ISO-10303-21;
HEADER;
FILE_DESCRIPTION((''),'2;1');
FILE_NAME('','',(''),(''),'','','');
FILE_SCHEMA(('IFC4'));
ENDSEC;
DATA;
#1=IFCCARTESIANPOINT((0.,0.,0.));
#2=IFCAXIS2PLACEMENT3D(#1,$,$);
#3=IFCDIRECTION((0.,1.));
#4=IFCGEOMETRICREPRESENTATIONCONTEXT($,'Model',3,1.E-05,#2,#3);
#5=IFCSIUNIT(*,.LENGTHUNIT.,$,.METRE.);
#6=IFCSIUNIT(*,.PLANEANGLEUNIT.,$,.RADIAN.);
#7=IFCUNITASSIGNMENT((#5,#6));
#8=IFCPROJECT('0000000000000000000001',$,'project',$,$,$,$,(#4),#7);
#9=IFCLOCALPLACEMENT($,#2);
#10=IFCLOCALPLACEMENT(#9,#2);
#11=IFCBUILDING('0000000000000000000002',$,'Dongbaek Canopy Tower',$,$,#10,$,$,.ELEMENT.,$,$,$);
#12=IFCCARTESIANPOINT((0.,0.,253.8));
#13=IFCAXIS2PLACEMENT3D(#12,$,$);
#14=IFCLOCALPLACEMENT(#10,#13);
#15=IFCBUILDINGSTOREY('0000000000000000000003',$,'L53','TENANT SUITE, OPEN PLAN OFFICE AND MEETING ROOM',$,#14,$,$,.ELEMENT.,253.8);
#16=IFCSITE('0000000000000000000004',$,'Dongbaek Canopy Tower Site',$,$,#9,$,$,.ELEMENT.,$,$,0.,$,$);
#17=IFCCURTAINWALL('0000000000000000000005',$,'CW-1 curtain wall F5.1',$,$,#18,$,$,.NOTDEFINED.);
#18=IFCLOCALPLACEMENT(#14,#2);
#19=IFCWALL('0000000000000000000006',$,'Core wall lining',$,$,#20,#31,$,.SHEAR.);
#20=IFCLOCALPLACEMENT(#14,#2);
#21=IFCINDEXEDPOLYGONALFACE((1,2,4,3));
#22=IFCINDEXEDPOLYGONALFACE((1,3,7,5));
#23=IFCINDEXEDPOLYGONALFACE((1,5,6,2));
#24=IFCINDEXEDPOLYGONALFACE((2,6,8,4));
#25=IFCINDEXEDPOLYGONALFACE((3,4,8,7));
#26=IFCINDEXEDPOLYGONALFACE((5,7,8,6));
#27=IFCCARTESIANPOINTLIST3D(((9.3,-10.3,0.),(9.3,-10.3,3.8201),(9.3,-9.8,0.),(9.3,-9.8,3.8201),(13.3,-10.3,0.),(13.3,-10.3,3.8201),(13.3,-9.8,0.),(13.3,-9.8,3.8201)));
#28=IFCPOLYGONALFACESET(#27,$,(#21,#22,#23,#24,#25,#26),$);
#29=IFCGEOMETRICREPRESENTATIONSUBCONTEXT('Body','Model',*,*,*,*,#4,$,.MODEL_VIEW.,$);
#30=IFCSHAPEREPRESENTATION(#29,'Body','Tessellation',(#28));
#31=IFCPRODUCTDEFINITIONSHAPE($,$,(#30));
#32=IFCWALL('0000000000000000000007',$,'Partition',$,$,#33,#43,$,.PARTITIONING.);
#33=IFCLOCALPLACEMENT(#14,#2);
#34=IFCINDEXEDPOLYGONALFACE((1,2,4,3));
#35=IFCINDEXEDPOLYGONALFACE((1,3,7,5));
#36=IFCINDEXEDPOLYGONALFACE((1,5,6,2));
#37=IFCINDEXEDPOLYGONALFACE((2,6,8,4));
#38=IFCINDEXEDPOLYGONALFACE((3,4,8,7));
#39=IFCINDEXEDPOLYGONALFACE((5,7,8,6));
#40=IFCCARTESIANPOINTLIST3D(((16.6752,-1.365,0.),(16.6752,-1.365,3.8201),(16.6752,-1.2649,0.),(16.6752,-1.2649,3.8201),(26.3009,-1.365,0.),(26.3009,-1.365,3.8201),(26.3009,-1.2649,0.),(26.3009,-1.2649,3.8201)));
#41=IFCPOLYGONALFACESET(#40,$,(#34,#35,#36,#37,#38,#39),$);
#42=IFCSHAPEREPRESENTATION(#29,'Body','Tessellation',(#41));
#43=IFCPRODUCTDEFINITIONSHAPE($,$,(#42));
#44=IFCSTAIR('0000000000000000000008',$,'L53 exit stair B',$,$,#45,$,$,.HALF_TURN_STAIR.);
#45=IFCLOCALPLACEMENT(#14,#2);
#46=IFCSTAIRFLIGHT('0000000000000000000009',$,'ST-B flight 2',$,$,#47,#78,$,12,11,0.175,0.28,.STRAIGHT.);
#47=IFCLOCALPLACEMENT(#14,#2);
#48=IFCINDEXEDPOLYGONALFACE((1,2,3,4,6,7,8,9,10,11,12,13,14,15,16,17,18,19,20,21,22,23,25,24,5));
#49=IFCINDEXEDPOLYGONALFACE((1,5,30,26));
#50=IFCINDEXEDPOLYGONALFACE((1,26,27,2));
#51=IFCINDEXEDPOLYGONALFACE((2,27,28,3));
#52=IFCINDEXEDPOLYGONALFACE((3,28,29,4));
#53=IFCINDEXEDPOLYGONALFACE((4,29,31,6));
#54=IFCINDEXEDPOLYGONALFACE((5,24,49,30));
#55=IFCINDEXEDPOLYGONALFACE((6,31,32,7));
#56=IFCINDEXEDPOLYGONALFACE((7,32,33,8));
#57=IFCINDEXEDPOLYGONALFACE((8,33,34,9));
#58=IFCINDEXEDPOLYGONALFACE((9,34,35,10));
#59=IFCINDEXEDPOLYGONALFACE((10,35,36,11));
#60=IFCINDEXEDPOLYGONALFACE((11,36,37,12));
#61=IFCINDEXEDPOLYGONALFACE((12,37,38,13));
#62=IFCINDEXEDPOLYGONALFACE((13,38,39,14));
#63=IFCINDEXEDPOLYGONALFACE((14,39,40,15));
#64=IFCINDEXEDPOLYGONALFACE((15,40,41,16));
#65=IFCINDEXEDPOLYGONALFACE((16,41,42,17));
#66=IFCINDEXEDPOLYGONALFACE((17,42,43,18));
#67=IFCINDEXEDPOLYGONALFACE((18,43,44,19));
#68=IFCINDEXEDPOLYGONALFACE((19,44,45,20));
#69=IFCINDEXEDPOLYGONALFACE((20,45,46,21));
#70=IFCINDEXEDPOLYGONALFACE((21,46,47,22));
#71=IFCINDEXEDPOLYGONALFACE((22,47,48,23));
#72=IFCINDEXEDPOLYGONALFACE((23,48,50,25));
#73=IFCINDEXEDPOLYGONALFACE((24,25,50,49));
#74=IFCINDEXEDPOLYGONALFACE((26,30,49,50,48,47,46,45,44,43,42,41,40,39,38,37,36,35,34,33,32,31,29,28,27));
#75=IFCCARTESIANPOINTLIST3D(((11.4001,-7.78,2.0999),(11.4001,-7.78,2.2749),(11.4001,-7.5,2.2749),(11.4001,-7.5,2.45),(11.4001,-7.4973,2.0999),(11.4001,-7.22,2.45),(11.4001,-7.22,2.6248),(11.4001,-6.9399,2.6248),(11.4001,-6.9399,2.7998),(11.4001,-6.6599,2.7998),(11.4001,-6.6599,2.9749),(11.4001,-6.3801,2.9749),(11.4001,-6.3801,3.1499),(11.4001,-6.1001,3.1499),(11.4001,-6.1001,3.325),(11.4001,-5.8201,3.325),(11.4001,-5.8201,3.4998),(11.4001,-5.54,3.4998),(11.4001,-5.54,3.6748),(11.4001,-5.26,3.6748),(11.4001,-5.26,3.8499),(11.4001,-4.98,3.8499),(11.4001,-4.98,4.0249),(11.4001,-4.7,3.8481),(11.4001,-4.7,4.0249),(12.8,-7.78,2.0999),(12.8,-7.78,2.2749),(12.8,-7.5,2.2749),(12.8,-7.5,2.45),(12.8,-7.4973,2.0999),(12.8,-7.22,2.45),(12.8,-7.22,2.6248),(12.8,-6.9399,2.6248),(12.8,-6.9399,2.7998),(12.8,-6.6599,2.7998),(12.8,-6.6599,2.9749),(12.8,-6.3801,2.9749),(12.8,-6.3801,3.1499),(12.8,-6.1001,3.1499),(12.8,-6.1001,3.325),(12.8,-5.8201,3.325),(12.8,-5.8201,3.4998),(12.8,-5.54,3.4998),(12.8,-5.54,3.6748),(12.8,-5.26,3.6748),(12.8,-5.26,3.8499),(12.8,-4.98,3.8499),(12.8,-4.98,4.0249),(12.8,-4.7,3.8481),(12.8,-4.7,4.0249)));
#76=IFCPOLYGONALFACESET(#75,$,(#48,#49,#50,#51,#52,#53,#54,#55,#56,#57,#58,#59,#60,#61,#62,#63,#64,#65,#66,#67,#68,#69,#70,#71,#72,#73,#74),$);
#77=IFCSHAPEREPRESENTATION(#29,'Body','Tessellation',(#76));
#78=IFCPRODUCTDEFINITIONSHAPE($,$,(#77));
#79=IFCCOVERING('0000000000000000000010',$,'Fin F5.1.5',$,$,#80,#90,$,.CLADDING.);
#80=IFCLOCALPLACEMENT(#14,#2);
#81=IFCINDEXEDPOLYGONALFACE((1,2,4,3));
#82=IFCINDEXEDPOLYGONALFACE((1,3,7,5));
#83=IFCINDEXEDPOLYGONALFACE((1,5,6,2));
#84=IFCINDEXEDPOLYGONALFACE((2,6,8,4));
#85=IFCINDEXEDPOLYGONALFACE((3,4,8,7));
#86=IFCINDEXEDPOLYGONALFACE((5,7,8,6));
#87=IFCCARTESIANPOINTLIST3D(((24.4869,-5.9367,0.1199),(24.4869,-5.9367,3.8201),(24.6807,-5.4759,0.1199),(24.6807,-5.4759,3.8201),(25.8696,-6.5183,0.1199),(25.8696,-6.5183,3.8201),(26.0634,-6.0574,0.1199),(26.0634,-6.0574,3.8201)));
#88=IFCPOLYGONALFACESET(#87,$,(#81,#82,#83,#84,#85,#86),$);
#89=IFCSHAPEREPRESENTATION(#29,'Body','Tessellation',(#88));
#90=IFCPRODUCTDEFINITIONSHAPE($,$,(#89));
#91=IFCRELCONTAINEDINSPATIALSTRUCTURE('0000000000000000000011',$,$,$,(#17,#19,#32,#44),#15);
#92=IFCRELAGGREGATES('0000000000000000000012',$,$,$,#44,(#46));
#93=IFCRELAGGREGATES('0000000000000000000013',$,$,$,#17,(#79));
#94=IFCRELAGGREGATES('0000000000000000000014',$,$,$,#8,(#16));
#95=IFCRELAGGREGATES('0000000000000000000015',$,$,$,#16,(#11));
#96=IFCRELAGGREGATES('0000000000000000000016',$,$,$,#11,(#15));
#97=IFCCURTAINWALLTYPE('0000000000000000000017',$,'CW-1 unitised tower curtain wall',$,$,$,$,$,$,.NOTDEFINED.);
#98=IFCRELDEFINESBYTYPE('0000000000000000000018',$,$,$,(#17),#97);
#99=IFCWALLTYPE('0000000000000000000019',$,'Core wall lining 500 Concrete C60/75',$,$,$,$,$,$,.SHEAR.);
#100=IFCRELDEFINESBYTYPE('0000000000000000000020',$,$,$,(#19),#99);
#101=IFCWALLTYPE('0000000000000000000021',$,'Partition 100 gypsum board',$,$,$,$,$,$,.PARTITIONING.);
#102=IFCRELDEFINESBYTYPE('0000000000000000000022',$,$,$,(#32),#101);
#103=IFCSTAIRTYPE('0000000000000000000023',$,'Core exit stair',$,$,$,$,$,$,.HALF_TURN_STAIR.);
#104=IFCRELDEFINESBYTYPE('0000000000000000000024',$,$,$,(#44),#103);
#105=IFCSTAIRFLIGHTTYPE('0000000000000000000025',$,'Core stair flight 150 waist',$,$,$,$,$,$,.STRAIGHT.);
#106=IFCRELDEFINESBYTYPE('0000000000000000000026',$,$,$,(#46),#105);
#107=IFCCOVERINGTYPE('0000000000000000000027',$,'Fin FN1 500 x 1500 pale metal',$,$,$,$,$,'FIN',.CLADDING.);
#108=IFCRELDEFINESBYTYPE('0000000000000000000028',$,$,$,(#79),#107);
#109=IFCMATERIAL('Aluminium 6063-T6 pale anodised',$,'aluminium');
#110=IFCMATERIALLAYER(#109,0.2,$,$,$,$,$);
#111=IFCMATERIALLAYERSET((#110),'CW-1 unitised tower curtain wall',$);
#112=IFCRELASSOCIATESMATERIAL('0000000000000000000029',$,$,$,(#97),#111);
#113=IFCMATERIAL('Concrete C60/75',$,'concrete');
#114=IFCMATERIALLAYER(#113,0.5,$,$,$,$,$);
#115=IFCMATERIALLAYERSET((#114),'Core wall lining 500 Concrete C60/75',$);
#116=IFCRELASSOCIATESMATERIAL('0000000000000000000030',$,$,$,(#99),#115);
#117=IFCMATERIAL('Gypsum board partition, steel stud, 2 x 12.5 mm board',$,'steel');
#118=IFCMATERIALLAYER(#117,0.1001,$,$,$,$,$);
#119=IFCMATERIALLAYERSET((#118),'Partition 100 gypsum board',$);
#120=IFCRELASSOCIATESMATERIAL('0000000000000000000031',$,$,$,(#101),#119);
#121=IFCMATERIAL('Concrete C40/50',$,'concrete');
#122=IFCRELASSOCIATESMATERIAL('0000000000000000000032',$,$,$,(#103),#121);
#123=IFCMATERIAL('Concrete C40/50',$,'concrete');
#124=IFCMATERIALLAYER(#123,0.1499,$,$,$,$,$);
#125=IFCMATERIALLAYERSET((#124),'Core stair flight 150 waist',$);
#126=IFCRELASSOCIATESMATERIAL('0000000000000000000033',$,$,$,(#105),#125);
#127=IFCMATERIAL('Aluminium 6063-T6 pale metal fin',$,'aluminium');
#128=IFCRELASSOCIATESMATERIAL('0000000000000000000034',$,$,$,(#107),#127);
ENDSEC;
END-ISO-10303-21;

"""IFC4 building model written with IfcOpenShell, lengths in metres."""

from ifc_helpers import new_model, si_unit, direction, frame, frame_2d, origin, origin_2d, place, context, subcontext, project, spatial, polyline, rectangle, outline, extrude, material, layer, layer_set, material_profile, profile_set, type_object, element, aggregate, save


model = new_model("IFC4")

# Units and contexts
model_context = context("Model", 3, precision=1e-05, world=origin(), true_north=direction((0.0, 1.0)))
body_context = subcontext(model_context, "Body", "Model", "MODEL_VIEW")
ifc_project = project(units=[si_unit("LENGTHUNIT", "METRE"), si_unit("PLANEANGLEUNIT", "RADIAN")], contexts=[model_context])

# Site, building, storey
site_placement = place(None, origin())
site = spatial("IfcSite", under=ifc_project, at=site_placement, Name="Dongbaek Canopy Tower Site", CompositionType="ELEMENT", RefElevation=0.0)
building_placement = place(site_placement, origin())
building = spatial("IfcBuilding", under=site, at=building_placement, Name="Dongbaek Canopy Tower", CompositionType="ELEMENT")
storey_placement = place(building_placement, frame((0.0, 0.0, 253.8)))
storey = spatial("IfcBuildingStorey", under=building, at=storey_placement, Name="L53", Description="TENANT SUITE, OPEN PLAN OFFICE AND MEETING ROOM", CompositionType="ELEMENT", Elevation=253.8)

# Curtain wall
ifc_material_1 = material(Name="Aluminium 6063-T6 pale anodised", Category="aluminium")
ifc_layer_1 = layer(ifc_material_1, 0.2)
ifc_layer_set_1 = layer_set([ifc_layer_1], Name="CW-1 unitised tower curtain wall")
curtain_wall_type = type_object("IfcCurtainWallType", Name="CW-1 unitised tower curtain wall", PredefinedType="NOTDEFINED", material=ifc_layer_set_1)
curtain_wall_placement = place(storey_placement, origin())
curtain_wall = element("IfcCurtainWall", 1, at=curtain_wall_placement, inside=storey, type_object=curtain_wall_type, Name="CW-1 curtain wall F5.1", PredefinedType="NOTDEFINED")

# Walls
ifc_material_2 = material(Name="Concrete C60/75", Category="concrete")
ifc_layer_2 = layer(ifc_material_2, 0.5)
ifc_layer_set_2 = layer_set([ifc_layer_2], Name="Core wall lining 500 Concrete C60/75")
wall_type_1 = type_object("IfcWallType", Name="Core wall lining 500 Concrete C60/75", PredefinedType="SHEAR", material=ifc_layer_set_2)
wall_1_placement = place(storey_placement, frame((13.3, -10.05, 0.0), z_axis=(0.0, 0.0, 1.0), x_axis=(-1.0, 0.0, 0.0)))
element("IfcWall", 2, at=wall_1_placement, inside=storey, type_object=wall_type_1, Name="Core wall lining", PredefinedType="SHEAR", context=body_context, shape_type="SweptSolid", body=[
    extrude(rectangle(XDim=4.0, YDim=0.5, at=frame_2d((2.0, 0.0))), origin(), (0.0, 0.0, 1.0), 3.8201),
])
ifc_material_3 = material(Name="Gypsum board partition, steel stud, 2 x 12.5 mm board", Category="steel")
ifc_layer_3 = layer(ifc_material_3, 0.1001)
ifc_layer_set_3 = layer_set([ifc_layer_3], Name="Partition 100 gypsum board")
wall_type_2 = type_object("IfcWallType", Name="Partition 100 gypsum board", PredefinedType="PARTITIONING", material=ifc_layer_set_3)
wall_2_placement = place(storey_placement, frame((16.675, -1.3149, 0.0), z_axis=(0.0, 0.0, 1.0), x_axis=(1.0, 0.0, 0.0)))
element("IfcWall", 3, at=wall_2_placement, inside=storey, type_object=wall_type_2, Name="Partition", PredefinedType="PARTITIONING", context=body_context, shape_type="SweptSolid", body=[
    extrude(rectangle(XDim=9.6257, YDim=0.1001, at=frame_2d((4.813, 0.0))), origin(), (0.0, 0.0, 1.0), 3.8201),
])

# Stair, stair flight
ifc_material_4 = material(Name="Concrete C40/50", Category="concrete")
stair_type = type_object("IfcStairType", Name="Core exit stair", PredefinedType="HALF_TURN_STAIR", material=ifc_material_4)
stair_placement = place(storey_placement, origin())
stair = element("IfcStair", 4, at=stair_placement, inside=storey, type_object=stair_type, Name="L53 exit stair B", PredefinedType="HALF_TURN_STAIR")
ifc_material_5 = material(Name="Concrete C40/50", Category="concrete")
ifc_layer_4 = layer(ifc_material_5, 0.1499)
ifc_layer_set_4 = layer_set([ifc_layer_4], Name="Core stair flight 150 waist")
stair_flight_type = type_object("IfcStairFlightType", Name="Core stair flight 150 waist", PredefinedType="STRAIGHT", material=ifc_layer_set_4)
stair_flight_placement = place(storey_placement, frame((12.1001, -7.78, 2.0999), z_axis=(0.0, 0.0, 1.0), x_axis=(0.0, 1.0, 0.0)))
stair_flight = element("IfcStairFlight", 5, at=stair_flight_placement, type_object=stair_flight_type, Name="ST-B flight 2", NumberOfRisers=12, NumberOfTreads=11, PredefinedType="STRAIGHT", RiserHeight=0.175, TreadLength=0.28, context=body_context, shape_type="SweptSolid", body=[
    extrude(outline(polyline([(0.0, 0.0), (0.0, 0.175), (0.28, 0.175), (0.28, 0.3501), (0.5601, 0.3501), (0.5601, 0.5249), (0.8401, 0.5249), (0.8401, 0.7), (1.1201, 0.7), (1.1201, 0.875), (1.3999, 0.875), (1.3999, 1.05), (1.6799, 1.05), (1.6799, 1.2251), (1.96, 1.2251), (1.96, 1.3999), (2.24, 1.3999), (2.24, 1.575), (2.52, 1.575), (2.52, 1.75), (2.8, 1.75), (2.8, 1.925), (3.0801, 1.925), (3.0801, 2.1001), (3.0801, 1.7483), (0.2827, 0.0), (0.0, 0.0)])), frame((0.0, 0.7, 0.0), z_axis=(0.0, -1.0, 0.0), x_axis=(1.0, 0.0, 0.0)), (0.0, 0.0, 1.0), 1.3999),
])
aggregate(stair, [stair_flight])

# Covering
ifc_material_6 = material(Name="Aluminium 6063-T6 pale metal fin", Category="aluminium")
ifc_material_profile_1 = material_profile(ifc_material_6, rectangle(XDim=1.5, YDim=0.5, at=origin_2d()), Name="Fin FN1 500 x 1500 pale metal")
ifc_profile_set_1 = profile_set([ifc_material_profile_1], Name="Aluminium 6063-T6 pale metal fin")
covering_type = type_object("IfcCoveringType", Name="Fin FN1 500 x 1500 pale metal", ElementType="FIN", PredefinedType="CLADDING", material=ifc_profile_set_1)
covering_placement = place(storey_placement, frame((25.2751, -5.9971, 0.1199), z_axis=(0.0, 0.0, 1.0), x_axis=(0.921787, -0.387696, 0.0)))
covering = element("IfcCovering", 6, at=covering_placement, type_object=covering_type, Name="Fin F5.1.5", PredefinedType="CLADDING", context=body_context, shape_type="SweptSolid", body=[
    extrude(rectangle(XDim=1.5, YDim=0.5, at=origin_2d()), origin(), (0.0, 0.0, 1.0), 3.7002),
])
aggregate(curtain_wall, [covering])

save(model, "model.ifc")
